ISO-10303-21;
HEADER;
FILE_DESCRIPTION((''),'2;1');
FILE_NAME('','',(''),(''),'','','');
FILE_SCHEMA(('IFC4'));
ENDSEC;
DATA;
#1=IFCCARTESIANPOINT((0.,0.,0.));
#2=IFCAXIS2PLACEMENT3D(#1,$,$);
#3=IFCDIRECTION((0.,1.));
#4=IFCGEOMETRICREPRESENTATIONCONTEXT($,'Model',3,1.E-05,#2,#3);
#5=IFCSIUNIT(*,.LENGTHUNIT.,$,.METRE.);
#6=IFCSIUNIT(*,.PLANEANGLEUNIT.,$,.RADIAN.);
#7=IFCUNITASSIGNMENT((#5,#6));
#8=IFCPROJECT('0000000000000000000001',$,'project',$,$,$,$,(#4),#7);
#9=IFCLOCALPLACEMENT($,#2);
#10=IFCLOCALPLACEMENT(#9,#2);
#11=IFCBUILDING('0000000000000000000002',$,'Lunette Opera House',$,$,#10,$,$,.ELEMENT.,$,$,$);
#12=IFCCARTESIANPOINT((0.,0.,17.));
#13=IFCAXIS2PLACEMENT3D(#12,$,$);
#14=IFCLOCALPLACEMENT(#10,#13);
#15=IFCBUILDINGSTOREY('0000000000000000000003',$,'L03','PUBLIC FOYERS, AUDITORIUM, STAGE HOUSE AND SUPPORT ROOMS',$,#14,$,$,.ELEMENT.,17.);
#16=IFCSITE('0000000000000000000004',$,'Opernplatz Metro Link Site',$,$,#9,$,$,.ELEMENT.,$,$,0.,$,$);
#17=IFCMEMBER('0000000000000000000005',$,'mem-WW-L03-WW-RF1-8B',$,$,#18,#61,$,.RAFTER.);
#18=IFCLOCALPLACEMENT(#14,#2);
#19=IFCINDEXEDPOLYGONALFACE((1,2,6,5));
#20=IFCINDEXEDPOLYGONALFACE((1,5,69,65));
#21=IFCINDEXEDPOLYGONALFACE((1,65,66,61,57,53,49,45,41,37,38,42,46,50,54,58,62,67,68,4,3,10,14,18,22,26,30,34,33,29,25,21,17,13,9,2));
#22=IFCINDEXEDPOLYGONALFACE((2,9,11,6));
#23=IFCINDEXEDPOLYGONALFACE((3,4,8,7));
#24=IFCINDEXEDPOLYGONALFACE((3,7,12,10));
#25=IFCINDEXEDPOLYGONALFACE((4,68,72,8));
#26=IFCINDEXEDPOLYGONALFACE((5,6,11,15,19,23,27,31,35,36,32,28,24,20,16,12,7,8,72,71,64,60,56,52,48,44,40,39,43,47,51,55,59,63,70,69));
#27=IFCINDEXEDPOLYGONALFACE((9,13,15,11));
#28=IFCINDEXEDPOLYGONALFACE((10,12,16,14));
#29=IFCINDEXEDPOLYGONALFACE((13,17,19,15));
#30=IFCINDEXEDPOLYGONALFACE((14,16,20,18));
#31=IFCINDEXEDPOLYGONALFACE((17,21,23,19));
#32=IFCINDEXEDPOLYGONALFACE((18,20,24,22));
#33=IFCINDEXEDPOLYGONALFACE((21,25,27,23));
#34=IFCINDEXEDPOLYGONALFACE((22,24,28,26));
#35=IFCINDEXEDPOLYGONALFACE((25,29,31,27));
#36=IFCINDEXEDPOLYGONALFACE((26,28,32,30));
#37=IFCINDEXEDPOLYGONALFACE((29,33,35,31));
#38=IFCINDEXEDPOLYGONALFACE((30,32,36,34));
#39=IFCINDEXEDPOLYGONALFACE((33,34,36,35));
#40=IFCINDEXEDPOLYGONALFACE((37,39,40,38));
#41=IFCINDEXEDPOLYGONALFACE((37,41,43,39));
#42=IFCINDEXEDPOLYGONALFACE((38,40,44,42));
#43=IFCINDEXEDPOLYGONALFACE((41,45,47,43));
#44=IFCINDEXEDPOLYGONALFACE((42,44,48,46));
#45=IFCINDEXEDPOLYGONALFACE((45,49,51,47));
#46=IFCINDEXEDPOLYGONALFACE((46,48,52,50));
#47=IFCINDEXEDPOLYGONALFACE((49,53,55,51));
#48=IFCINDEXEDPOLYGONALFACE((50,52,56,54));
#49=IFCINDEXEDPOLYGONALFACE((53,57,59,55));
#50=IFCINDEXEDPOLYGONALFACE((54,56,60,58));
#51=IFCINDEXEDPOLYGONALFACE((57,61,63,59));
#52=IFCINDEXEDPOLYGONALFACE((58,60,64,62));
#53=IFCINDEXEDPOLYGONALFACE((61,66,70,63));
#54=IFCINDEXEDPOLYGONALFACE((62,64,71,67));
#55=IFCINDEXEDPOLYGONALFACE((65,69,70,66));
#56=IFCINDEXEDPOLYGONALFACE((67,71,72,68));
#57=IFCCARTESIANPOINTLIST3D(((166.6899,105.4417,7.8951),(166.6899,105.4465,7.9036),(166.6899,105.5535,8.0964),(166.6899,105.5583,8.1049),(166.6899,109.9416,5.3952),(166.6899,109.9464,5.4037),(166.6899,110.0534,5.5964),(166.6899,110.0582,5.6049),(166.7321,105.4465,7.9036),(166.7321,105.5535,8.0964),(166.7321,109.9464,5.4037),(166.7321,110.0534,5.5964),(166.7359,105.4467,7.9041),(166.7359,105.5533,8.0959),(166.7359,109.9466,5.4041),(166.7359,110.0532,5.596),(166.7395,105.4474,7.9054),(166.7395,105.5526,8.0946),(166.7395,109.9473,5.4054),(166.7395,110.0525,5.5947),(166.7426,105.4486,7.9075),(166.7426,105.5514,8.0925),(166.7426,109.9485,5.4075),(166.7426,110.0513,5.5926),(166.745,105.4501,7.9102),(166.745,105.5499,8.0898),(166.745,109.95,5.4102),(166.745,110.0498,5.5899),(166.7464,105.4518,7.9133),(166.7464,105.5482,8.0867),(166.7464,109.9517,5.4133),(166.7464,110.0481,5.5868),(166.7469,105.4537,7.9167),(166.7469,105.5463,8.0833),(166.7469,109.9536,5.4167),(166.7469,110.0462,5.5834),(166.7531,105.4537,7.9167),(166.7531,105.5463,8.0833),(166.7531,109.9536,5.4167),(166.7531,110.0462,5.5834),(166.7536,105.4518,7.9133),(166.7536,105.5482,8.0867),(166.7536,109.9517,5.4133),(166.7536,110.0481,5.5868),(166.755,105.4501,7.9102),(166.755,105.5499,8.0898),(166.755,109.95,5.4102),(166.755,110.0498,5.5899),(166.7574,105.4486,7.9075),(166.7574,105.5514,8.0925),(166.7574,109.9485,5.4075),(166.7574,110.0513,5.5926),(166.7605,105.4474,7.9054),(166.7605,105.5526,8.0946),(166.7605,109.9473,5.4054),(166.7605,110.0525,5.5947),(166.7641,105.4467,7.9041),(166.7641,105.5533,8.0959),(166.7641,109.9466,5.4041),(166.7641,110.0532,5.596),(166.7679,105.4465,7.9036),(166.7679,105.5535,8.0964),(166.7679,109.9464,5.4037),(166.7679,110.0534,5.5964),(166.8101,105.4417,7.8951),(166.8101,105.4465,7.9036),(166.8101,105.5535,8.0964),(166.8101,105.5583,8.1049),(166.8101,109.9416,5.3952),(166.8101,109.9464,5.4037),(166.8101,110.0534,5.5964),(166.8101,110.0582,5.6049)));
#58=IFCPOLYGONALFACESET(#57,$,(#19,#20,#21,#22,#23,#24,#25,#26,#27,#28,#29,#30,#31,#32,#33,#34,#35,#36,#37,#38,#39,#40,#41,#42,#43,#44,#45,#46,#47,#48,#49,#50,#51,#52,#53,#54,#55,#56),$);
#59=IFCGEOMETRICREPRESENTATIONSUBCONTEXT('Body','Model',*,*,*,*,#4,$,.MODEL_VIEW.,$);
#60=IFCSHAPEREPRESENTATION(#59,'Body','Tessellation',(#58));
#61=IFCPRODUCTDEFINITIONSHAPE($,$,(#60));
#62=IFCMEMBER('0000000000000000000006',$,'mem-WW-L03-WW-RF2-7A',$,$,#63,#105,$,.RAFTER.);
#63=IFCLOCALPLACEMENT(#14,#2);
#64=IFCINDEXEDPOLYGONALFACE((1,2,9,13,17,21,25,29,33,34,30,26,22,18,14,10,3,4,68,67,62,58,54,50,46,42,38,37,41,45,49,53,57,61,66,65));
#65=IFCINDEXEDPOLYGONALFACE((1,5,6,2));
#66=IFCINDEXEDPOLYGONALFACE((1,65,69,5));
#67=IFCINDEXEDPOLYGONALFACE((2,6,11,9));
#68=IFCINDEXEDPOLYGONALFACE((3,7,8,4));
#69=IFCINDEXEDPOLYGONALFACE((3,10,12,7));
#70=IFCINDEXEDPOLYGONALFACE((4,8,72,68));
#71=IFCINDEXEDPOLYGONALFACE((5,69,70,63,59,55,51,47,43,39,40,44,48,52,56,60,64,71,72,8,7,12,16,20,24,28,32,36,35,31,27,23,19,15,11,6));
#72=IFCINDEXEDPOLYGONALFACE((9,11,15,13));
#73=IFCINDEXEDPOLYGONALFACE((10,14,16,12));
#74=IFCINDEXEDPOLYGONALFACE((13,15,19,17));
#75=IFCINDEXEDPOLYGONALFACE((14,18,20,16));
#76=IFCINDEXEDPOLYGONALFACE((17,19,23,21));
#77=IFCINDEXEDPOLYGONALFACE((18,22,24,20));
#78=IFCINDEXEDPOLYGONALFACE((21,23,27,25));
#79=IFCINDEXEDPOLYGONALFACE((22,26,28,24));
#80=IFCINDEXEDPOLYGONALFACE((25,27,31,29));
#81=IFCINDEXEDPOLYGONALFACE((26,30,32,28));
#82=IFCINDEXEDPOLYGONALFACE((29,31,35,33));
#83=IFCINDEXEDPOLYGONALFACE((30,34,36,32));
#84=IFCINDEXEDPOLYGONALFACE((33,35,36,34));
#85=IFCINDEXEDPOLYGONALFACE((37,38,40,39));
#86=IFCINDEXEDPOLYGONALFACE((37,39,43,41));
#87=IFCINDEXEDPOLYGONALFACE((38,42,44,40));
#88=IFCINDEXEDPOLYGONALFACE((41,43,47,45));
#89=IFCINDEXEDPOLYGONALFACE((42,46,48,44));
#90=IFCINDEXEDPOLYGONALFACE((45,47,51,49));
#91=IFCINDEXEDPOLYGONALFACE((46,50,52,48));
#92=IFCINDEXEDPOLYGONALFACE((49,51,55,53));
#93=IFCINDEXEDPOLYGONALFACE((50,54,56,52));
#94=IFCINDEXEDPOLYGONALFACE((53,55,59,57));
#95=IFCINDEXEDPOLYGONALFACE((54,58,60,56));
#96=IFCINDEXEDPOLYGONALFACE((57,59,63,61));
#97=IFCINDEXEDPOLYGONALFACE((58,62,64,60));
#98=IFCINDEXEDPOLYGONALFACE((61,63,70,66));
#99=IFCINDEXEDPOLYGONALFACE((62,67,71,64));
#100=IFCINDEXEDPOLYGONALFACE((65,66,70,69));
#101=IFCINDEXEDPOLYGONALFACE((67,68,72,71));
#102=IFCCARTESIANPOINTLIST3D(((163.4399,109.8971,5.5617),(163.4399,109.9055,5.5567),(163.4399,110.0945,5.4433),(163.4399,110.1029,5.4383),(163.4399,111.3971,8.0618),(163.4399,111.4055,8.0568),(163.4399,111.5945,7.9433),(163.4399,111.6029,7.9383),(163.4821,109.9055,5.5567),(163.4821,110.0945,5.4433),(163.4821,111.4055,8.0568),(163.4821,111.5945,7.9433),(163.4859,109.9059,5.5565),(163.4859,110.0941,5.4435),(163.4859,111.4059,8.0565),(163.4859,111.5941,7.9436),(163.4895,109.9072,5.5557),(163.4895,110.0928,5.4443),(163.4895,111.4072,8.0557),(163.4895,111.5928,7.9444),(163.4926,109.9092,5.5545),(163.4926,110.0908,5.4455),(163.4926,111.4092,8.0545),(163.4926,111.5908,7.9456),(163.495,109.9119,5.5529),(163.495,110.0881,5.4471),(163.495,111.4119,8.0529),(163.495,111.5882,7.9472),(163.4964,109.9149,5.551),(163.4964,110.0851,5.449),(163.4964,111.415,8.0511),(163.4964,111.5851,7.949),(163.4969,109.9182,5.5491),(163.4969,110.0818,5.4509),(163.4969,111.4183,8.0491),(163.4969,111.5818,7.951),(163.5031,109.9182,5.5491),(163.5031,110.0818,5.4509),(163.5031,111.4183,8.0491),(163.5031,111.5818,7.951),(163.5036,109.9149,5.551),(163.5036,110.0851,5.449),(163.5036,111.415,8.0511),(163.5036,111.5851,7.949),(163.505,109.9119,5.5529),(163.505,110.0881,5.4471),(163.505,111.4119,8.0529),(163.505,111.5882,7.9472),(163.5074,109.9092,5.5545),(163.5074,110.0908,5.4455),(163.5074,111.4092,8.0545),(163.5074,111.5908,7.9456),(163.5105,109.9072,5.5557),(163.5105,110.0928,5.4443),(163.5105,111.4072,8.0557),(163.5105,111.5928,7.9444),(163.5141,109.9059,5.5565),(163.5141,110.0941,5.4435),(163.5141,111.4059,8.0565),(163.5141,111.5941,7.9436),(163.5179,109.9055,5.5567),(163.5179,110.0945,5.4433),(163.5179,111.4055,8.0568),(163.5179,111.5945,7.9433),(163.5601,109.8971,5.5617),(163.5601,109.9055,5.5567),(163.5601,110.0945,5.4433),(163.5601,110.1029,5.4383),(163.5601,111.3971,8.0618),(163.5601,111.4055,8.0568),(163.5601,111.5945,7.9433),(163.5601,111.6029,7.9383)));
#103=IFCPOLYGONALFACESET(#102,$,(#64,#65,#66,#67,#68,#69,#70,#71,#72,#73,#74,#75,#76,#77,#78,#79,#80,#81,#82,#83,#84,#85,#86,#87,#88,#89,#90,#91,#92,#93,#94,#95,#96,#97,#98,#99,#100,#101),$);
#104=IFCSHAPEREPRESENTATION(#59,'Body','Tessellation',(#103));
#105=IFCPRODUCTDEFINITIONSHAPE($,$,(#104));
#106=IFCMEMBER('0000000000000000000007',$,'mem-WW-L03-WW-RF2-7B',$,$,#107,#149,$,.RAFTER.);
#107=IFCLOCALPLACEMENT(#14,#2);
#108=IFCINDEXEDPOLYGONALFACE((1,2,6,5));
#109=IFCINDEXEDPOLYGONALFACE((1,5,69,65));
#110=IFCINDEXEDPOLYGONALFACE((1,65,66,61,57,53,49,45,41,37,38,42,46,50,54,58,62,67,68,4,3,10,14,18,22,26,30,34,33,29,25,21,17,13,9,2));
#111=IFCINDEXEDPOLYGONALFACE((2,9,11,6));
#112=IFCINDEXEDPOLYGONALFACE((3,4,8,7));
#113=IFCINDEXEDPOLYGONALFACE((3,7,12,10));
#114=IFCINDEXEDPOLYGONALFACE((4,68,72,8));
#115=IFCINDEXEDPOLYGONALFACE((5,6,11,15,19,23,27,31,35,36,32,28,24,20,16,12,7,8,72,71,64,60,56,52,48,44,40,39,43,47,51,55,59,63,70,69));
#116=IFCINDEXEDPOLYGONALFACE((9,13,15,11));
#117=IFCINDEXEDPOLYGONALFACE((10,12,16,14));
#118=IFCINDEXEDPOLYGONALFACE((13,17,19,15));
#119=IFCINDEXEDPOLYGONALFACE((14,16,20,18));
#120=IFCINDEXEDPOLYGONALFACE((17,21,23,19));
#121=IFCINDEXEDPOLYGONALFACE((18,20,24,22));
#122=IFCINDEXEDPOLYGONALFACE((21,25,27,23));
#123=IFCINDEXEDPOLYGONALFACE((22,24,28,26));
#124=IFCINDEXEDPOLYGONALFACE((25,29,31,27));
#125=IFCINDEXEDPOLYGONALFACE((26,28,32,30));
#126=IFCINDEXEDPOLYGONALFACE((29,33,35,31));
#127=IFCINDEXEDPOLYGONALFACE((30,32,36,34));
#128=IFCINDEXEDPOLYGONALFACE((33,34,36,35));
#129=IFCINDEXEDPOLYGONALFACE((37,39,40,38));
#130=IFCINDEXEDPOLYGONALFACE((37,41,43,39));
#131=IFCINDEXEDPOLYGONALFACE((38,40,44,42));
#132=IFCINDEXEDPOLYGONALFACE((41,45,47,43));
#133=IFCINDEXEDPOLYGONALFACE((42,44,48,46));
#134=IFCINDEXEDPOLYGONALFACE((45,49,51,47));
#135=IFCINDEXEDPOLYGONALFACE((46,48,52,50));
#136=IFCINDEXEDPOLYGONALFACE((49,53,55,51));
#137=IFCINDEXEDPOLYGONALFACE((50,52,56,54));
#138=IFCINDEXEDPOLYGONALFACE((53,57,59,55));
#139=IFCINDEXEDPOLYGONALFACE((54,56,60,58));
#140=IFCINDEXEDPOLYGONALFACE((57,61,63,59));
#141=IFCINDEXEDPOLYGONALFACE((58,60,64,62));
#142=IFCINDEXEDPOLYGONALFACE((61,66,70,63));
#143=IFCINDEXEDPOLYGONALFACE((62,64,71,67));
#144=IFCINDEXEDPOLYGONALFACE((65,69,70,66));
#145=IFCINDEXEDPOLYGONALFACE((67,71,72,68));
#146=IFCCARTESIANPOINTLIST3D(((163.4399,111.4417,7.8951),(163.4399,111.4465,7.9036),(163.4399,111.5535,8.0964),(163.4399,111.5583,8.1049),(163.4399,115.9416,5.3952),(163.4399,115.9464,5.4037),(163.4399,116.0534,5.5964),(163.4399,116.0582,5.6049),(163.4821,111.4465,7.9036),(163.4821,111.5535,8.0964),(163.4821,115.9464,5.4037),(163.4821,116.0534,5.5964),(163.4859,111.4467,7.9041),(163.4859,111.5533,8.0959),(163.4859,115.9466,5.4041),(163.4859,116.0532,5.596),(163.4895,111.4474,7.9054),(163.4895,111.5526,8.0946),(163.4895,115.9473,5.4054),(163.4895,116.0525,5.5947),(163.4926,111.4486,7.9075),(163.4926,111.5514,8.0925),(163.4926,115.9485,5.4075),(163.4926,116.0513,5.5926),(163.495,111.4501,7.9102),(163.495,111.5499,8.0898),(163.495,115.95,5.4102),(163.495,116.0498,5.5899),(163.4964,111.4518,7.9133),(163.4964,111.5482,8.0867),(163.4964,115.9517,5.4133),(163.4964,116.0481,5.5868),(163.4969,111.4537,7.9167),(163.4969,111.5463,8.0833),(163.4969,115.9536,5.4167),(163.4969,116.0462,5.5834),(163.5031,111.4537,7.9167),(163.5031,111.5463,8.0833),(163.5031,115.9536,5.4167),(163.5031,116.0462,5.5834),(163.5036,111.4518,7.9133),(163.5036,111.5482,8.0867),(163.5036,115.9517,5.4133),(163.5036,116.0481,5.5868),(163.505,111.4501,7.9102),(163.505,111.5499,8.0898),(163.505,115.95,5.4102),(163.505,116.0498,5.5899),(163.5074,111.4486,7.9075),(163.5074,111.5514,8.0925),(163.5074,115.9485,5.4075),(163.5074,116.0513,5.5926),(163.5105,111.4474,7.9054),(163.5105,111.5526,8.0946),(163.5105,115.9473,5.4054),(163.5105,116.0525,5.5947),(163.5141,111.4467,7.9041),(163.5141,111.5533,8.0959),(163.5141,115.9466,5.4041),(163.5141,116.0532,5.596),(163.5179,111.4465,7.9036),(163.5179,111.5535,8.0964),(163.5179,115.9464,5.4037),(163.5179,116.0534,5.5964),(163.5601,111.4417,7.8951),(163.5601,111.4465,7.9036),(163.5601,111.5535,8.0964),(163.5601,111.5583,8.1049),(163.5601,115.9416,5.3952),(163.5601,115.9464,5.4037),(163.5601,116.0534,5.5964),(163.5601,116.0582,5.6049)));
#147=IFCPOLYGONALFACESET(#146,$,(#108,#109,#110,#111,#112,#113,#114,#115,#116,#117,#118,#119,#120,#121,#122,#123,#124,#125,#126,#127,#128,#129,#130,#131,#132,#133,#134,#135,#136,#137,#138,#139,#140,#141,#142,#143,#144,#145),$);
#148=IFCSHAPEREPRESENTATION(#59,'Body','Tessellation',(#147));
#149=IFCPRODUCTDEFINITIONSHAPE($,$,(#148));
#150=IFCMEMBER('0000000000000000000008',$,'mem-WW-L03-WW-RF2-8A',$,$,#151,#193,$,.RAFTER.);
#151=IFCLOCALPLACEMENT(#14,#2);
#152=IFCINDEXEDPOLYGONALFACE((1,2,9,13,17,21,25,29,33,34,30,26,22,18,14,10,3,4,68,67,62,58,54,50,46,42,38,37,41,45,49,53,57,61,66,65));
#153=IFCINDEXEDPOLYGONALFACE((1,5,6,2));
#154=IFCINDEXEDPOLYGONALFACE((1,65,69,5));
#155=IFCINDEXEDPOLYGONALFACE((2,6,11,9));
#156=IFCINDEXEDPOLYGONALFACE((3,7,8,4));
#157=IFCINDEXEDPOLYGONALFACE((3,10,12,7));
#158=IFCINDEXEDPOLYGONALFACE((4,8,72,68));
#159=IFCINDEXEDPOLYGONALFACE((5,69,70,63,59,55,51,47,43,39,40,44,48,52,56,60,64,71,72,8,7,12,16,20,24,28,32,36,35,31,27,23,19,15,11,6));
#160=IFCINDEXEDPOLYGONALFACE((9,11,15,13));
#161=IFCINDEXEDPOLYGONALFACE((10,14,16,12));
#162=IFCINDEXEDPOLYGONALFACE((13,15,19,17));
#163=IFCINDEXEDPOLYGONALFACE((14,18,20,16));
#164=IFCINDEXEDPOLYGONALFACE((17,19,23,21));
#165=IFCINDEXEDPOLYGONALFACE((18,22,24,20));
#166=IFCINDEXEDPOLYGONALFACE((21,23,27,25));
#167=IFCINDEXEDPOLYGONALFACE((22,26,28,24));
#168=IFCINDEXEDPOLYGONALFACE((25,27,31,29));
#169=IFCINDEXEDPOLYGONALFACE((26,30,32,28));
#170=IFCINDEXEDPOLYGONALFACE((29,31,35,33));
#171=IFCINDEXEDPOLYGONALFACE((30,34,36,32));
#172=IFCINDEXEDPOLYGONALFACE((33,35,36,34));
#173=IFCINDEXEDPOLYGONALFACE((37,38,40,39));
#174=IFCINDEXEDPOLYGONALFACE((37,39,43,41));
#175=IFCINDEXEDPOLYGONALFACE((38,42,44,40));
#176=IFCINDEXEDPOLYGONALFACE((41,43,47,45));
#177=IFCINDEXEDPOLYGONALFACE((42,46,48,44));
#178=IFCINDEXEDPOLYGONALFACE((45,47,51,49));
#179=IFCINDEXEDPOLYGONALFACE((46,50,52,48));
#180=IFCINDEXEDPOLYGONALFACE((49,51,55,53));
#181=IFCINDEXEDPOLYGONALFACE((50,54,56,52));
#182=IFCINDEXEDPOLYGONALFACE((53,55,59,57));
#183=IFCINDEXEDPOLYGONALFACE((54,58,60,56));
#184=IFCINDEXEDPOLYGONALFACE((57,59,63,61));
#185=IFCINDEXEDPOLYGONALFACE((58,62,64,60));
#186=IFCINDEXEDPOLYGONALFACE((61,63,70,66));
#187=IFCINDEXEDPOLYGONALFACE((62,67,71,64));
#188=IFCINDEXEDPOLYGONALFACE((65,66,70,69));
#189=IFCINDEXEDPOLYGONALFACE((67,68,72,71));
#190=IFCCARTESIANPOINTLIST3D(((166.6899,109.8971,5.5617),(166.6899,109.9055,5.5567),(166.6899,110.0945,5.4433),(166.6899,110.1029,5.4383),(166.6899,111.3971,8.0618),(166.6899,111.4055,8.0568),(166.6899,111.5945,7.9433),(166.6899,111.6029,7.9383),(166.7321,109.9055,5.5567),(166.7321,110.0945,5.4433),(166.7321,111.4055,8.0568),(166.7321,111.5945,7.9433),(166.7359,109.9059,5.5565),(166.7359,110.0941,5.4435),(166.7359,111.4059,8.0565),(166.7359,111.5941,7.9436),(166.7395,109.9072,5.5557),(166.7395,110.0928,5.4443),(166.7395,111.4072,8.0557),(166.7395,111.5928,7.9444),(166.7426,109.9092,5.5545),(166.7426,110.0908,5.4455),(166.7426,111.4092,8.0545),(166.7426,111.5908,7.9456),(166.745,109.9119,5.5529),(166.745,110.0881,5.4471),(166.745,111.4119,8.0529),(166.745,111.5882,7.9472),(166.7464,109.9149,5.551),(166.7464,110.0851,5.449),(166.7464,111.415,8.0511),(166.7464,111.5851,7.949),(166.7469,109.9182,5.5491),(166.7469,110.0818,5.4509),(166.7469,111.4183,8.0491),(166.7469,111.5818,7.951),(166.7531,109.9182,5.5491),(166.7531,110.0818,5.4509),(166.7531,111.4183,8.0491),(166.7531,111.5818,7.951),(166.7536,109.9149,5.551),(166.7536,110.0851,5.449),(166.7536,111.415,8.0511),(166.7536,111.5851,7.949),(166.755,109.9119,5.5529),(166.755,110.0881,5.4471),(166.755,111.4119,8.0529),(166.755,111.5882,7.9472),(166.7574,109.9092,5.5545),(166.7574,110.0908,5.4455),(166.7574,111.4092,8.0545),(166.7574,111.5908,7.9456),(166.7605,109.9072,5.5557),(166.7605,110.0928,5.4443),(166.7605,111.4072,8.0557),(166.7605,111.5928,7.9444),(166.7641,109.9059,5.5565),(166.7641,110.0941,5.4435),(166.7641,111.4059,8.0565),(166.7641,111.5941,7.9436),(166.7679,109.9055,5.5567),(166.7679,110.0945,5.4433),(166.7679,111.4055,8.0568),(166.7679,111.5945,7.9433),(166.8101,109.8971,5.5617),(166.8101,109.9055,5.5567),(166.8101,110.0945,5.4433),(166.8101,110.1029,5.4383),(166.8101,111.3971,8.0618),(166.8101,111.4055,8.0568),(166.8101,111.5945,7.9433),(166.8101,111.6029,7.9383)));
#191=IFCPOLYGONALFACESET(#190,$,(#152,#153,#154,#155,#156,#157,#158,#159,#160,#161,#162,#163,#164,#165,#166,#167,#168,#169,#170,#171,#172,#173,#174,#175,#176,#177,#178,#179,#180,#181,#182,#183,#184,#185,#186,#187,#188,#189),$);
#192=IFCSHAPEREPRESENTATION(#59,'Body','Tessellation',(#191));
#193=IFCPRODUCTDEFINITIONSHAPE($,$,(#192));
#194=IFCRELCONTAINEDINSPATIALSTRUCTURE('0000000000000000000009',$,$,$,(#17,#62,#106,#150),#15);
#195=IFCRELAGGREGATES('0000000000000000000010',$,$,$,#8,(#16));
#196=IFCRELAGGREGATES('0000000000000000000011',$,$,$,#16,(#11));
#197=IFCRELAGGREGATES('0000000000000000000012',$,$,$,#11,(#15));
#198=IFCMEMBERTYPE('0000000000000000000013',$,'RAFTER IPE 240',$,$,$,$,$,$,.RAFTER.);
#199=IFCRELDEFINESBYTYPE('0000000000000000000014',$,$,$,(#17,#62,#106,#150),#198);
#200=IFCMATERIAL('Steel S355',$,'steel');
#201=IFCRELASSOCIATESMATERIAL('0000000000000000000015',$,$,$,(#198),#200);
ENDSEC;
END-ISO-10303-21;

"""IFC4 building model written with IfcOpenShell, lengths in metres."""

from ifc_helpers import new_model, si_unit, direction, frame, origin, origin_2d, place, context, subcontext, project, spatial, i_section, extrude, material, material_profile, profile_set, type_object, element, save


model = new_model("IFC4")

# Units and contexts
model_context = context("Model", 3, precision=1e-05, world=origin(), true_north=direction((0.0, 1.0)))
body_context = subcontext(model_context, "Body", "Model", "MODEL_VIEW")
ifc_project = project(units=[si_unit("LENGTHUNIT", "METRE"), si_unit("PLANEANGLEUNIT", "RADIAN")], contexts=[model_context])

# Site, building, storey
site_placement = place(None, origin())
site = spatial("IfcSite", under=ifc_project, at=site_placement, Name="Opernplatz Metro Link Site", CompositionType="ELEMENT", RefElevation=0.0)
building_placement = place(site_placement, origin())
building = spatial("IfcBuilding", under=site, at=building_placement, Name="Lunette Opera House", CompositionType="ELEMENT")
storey_placement = place(building_placement, frame((0.0, 0.0, 17.0)))
storey = spatial("IfcBuildingStorey", under=building, at=storey_placement, Name="L03", Description="PUBLIC FOYERS, AUDITORIUM, STAGE HOUSE AND SUPPORT ROOMS", CompositionType="ELEMENT", Elevation=17.0)

# Members
ifc_material_1 = material(Name="Steel S355", Category="steel")
ifc_material_profile_1 = material_profile(ifc_material_1, i_section(OverallWidth=0.1201, OverallDepth=0.24, WebThickness=0.0061, FlangeThickness=0.0098, FilletRadius=0.0149, at=origin_2d()), Name="IPE 240")
ifc_profile_set_1 = profile_set([ifc_material_profile_1], Name="Steel S355")
member_type_1 = type_object("IfcMemberType", Name="RAFTER IPE 240", PredefinedType="RAFTER", material=ifc_profile_set_1)
member_1_placement = place(storey_placement, frame((166.75, 105.5, 8.0), z_axis=(0.0, 0.874157, -0.485643), x_axis=(-1.0, 0.0, 0.0)))
element("IfcMember", 1, at=member_1_placement, inside=storey, type_object=member_type_1, Name="mem-WW-L03-WW-RF1-8B", PredefinedType="RAFTER", context=body_context, shape_type="SweptSolid", body=[
    extrude(i_section(OverallWidth=0.1201, OverallDepth=0.24, WebThickness=0.0061, FlangeThickness=0.0098, FilletRadius=0.0149, at=origin_2d()), origin(), (0.0, 0.0, 1.0), 5.1477),
])
member_2_placement = place(storey_placement, frame((163.5, 110.0, 5.5), z_axis=(0.0, 0.514496, 0.857493), x_axis=(-1.0, 0.0, 0.0)))
element("IfcMember", 2, at=member_2_placement, inside=storey, type_object=member_type_1, Name="mem-WW-L03-WW-RF2-7A", PredefinedType="RAFTER", context=body_context, shape_type="SweptSolid", body=[
    extrude(i_section(OverallWidth=0.1201, OverallDepth=0.24, WebThickness=0.0061, FlangeThickness=0.0098, FilletRadius=0.0149, at=origin_2d()), origin(), (0.0, 0.0, 1.0), 2.9155),
])
member_3_placement = place(storey_placement, frame((163.5, 111.5, 8.0), z_axis=(0.0, 0.874157, -0.485643), x_axis=(-1.0, 0.0, 0.0)))
element("IfcMember", 3, at=member_3_placement, inside=storey, type_object=member_type_1, Name="mem-WW-L03-WW-RF2-7B", PredefinedType="RAFTER", context=body_context, shape_type="SweptSolid", body=[
    extrude(i_section(OverallWidth=0.1201, OverallDepth=0.24, WebThickness=0.0061, FlangeThickness=0.0098, FilletRadius=0.0149, at=origin_2d()), origin(), (0.0, 0.0, 1.0), 5.1477),
])
member_4_placement = place(storey_placement, frame((166.75, 110.0, 5.5), z_axis=(0.0, 0.514496, 0.857493), x_axis=(-1.0, 0.0, 0.0)))
element("IfcMember", 4, at=member_4_placement, inside=storey, type_object=member_type_1, Name="mem-WW-L03-WW-RF2-8A", PredefinedType="RAFTER", context=body_context, shape_type="SweptSolid", body=[
    extrude(i_section(OverallWidth=0.1201, OverallDepth=0.24, WebThickness=0.0061, FlangeThickness=0.0098, FilletRadius=0.0149, at=origin_2d()), origin(), (0.0, 0.0, 1.0), 2.9155),
])

save(model, "model.ifc")
